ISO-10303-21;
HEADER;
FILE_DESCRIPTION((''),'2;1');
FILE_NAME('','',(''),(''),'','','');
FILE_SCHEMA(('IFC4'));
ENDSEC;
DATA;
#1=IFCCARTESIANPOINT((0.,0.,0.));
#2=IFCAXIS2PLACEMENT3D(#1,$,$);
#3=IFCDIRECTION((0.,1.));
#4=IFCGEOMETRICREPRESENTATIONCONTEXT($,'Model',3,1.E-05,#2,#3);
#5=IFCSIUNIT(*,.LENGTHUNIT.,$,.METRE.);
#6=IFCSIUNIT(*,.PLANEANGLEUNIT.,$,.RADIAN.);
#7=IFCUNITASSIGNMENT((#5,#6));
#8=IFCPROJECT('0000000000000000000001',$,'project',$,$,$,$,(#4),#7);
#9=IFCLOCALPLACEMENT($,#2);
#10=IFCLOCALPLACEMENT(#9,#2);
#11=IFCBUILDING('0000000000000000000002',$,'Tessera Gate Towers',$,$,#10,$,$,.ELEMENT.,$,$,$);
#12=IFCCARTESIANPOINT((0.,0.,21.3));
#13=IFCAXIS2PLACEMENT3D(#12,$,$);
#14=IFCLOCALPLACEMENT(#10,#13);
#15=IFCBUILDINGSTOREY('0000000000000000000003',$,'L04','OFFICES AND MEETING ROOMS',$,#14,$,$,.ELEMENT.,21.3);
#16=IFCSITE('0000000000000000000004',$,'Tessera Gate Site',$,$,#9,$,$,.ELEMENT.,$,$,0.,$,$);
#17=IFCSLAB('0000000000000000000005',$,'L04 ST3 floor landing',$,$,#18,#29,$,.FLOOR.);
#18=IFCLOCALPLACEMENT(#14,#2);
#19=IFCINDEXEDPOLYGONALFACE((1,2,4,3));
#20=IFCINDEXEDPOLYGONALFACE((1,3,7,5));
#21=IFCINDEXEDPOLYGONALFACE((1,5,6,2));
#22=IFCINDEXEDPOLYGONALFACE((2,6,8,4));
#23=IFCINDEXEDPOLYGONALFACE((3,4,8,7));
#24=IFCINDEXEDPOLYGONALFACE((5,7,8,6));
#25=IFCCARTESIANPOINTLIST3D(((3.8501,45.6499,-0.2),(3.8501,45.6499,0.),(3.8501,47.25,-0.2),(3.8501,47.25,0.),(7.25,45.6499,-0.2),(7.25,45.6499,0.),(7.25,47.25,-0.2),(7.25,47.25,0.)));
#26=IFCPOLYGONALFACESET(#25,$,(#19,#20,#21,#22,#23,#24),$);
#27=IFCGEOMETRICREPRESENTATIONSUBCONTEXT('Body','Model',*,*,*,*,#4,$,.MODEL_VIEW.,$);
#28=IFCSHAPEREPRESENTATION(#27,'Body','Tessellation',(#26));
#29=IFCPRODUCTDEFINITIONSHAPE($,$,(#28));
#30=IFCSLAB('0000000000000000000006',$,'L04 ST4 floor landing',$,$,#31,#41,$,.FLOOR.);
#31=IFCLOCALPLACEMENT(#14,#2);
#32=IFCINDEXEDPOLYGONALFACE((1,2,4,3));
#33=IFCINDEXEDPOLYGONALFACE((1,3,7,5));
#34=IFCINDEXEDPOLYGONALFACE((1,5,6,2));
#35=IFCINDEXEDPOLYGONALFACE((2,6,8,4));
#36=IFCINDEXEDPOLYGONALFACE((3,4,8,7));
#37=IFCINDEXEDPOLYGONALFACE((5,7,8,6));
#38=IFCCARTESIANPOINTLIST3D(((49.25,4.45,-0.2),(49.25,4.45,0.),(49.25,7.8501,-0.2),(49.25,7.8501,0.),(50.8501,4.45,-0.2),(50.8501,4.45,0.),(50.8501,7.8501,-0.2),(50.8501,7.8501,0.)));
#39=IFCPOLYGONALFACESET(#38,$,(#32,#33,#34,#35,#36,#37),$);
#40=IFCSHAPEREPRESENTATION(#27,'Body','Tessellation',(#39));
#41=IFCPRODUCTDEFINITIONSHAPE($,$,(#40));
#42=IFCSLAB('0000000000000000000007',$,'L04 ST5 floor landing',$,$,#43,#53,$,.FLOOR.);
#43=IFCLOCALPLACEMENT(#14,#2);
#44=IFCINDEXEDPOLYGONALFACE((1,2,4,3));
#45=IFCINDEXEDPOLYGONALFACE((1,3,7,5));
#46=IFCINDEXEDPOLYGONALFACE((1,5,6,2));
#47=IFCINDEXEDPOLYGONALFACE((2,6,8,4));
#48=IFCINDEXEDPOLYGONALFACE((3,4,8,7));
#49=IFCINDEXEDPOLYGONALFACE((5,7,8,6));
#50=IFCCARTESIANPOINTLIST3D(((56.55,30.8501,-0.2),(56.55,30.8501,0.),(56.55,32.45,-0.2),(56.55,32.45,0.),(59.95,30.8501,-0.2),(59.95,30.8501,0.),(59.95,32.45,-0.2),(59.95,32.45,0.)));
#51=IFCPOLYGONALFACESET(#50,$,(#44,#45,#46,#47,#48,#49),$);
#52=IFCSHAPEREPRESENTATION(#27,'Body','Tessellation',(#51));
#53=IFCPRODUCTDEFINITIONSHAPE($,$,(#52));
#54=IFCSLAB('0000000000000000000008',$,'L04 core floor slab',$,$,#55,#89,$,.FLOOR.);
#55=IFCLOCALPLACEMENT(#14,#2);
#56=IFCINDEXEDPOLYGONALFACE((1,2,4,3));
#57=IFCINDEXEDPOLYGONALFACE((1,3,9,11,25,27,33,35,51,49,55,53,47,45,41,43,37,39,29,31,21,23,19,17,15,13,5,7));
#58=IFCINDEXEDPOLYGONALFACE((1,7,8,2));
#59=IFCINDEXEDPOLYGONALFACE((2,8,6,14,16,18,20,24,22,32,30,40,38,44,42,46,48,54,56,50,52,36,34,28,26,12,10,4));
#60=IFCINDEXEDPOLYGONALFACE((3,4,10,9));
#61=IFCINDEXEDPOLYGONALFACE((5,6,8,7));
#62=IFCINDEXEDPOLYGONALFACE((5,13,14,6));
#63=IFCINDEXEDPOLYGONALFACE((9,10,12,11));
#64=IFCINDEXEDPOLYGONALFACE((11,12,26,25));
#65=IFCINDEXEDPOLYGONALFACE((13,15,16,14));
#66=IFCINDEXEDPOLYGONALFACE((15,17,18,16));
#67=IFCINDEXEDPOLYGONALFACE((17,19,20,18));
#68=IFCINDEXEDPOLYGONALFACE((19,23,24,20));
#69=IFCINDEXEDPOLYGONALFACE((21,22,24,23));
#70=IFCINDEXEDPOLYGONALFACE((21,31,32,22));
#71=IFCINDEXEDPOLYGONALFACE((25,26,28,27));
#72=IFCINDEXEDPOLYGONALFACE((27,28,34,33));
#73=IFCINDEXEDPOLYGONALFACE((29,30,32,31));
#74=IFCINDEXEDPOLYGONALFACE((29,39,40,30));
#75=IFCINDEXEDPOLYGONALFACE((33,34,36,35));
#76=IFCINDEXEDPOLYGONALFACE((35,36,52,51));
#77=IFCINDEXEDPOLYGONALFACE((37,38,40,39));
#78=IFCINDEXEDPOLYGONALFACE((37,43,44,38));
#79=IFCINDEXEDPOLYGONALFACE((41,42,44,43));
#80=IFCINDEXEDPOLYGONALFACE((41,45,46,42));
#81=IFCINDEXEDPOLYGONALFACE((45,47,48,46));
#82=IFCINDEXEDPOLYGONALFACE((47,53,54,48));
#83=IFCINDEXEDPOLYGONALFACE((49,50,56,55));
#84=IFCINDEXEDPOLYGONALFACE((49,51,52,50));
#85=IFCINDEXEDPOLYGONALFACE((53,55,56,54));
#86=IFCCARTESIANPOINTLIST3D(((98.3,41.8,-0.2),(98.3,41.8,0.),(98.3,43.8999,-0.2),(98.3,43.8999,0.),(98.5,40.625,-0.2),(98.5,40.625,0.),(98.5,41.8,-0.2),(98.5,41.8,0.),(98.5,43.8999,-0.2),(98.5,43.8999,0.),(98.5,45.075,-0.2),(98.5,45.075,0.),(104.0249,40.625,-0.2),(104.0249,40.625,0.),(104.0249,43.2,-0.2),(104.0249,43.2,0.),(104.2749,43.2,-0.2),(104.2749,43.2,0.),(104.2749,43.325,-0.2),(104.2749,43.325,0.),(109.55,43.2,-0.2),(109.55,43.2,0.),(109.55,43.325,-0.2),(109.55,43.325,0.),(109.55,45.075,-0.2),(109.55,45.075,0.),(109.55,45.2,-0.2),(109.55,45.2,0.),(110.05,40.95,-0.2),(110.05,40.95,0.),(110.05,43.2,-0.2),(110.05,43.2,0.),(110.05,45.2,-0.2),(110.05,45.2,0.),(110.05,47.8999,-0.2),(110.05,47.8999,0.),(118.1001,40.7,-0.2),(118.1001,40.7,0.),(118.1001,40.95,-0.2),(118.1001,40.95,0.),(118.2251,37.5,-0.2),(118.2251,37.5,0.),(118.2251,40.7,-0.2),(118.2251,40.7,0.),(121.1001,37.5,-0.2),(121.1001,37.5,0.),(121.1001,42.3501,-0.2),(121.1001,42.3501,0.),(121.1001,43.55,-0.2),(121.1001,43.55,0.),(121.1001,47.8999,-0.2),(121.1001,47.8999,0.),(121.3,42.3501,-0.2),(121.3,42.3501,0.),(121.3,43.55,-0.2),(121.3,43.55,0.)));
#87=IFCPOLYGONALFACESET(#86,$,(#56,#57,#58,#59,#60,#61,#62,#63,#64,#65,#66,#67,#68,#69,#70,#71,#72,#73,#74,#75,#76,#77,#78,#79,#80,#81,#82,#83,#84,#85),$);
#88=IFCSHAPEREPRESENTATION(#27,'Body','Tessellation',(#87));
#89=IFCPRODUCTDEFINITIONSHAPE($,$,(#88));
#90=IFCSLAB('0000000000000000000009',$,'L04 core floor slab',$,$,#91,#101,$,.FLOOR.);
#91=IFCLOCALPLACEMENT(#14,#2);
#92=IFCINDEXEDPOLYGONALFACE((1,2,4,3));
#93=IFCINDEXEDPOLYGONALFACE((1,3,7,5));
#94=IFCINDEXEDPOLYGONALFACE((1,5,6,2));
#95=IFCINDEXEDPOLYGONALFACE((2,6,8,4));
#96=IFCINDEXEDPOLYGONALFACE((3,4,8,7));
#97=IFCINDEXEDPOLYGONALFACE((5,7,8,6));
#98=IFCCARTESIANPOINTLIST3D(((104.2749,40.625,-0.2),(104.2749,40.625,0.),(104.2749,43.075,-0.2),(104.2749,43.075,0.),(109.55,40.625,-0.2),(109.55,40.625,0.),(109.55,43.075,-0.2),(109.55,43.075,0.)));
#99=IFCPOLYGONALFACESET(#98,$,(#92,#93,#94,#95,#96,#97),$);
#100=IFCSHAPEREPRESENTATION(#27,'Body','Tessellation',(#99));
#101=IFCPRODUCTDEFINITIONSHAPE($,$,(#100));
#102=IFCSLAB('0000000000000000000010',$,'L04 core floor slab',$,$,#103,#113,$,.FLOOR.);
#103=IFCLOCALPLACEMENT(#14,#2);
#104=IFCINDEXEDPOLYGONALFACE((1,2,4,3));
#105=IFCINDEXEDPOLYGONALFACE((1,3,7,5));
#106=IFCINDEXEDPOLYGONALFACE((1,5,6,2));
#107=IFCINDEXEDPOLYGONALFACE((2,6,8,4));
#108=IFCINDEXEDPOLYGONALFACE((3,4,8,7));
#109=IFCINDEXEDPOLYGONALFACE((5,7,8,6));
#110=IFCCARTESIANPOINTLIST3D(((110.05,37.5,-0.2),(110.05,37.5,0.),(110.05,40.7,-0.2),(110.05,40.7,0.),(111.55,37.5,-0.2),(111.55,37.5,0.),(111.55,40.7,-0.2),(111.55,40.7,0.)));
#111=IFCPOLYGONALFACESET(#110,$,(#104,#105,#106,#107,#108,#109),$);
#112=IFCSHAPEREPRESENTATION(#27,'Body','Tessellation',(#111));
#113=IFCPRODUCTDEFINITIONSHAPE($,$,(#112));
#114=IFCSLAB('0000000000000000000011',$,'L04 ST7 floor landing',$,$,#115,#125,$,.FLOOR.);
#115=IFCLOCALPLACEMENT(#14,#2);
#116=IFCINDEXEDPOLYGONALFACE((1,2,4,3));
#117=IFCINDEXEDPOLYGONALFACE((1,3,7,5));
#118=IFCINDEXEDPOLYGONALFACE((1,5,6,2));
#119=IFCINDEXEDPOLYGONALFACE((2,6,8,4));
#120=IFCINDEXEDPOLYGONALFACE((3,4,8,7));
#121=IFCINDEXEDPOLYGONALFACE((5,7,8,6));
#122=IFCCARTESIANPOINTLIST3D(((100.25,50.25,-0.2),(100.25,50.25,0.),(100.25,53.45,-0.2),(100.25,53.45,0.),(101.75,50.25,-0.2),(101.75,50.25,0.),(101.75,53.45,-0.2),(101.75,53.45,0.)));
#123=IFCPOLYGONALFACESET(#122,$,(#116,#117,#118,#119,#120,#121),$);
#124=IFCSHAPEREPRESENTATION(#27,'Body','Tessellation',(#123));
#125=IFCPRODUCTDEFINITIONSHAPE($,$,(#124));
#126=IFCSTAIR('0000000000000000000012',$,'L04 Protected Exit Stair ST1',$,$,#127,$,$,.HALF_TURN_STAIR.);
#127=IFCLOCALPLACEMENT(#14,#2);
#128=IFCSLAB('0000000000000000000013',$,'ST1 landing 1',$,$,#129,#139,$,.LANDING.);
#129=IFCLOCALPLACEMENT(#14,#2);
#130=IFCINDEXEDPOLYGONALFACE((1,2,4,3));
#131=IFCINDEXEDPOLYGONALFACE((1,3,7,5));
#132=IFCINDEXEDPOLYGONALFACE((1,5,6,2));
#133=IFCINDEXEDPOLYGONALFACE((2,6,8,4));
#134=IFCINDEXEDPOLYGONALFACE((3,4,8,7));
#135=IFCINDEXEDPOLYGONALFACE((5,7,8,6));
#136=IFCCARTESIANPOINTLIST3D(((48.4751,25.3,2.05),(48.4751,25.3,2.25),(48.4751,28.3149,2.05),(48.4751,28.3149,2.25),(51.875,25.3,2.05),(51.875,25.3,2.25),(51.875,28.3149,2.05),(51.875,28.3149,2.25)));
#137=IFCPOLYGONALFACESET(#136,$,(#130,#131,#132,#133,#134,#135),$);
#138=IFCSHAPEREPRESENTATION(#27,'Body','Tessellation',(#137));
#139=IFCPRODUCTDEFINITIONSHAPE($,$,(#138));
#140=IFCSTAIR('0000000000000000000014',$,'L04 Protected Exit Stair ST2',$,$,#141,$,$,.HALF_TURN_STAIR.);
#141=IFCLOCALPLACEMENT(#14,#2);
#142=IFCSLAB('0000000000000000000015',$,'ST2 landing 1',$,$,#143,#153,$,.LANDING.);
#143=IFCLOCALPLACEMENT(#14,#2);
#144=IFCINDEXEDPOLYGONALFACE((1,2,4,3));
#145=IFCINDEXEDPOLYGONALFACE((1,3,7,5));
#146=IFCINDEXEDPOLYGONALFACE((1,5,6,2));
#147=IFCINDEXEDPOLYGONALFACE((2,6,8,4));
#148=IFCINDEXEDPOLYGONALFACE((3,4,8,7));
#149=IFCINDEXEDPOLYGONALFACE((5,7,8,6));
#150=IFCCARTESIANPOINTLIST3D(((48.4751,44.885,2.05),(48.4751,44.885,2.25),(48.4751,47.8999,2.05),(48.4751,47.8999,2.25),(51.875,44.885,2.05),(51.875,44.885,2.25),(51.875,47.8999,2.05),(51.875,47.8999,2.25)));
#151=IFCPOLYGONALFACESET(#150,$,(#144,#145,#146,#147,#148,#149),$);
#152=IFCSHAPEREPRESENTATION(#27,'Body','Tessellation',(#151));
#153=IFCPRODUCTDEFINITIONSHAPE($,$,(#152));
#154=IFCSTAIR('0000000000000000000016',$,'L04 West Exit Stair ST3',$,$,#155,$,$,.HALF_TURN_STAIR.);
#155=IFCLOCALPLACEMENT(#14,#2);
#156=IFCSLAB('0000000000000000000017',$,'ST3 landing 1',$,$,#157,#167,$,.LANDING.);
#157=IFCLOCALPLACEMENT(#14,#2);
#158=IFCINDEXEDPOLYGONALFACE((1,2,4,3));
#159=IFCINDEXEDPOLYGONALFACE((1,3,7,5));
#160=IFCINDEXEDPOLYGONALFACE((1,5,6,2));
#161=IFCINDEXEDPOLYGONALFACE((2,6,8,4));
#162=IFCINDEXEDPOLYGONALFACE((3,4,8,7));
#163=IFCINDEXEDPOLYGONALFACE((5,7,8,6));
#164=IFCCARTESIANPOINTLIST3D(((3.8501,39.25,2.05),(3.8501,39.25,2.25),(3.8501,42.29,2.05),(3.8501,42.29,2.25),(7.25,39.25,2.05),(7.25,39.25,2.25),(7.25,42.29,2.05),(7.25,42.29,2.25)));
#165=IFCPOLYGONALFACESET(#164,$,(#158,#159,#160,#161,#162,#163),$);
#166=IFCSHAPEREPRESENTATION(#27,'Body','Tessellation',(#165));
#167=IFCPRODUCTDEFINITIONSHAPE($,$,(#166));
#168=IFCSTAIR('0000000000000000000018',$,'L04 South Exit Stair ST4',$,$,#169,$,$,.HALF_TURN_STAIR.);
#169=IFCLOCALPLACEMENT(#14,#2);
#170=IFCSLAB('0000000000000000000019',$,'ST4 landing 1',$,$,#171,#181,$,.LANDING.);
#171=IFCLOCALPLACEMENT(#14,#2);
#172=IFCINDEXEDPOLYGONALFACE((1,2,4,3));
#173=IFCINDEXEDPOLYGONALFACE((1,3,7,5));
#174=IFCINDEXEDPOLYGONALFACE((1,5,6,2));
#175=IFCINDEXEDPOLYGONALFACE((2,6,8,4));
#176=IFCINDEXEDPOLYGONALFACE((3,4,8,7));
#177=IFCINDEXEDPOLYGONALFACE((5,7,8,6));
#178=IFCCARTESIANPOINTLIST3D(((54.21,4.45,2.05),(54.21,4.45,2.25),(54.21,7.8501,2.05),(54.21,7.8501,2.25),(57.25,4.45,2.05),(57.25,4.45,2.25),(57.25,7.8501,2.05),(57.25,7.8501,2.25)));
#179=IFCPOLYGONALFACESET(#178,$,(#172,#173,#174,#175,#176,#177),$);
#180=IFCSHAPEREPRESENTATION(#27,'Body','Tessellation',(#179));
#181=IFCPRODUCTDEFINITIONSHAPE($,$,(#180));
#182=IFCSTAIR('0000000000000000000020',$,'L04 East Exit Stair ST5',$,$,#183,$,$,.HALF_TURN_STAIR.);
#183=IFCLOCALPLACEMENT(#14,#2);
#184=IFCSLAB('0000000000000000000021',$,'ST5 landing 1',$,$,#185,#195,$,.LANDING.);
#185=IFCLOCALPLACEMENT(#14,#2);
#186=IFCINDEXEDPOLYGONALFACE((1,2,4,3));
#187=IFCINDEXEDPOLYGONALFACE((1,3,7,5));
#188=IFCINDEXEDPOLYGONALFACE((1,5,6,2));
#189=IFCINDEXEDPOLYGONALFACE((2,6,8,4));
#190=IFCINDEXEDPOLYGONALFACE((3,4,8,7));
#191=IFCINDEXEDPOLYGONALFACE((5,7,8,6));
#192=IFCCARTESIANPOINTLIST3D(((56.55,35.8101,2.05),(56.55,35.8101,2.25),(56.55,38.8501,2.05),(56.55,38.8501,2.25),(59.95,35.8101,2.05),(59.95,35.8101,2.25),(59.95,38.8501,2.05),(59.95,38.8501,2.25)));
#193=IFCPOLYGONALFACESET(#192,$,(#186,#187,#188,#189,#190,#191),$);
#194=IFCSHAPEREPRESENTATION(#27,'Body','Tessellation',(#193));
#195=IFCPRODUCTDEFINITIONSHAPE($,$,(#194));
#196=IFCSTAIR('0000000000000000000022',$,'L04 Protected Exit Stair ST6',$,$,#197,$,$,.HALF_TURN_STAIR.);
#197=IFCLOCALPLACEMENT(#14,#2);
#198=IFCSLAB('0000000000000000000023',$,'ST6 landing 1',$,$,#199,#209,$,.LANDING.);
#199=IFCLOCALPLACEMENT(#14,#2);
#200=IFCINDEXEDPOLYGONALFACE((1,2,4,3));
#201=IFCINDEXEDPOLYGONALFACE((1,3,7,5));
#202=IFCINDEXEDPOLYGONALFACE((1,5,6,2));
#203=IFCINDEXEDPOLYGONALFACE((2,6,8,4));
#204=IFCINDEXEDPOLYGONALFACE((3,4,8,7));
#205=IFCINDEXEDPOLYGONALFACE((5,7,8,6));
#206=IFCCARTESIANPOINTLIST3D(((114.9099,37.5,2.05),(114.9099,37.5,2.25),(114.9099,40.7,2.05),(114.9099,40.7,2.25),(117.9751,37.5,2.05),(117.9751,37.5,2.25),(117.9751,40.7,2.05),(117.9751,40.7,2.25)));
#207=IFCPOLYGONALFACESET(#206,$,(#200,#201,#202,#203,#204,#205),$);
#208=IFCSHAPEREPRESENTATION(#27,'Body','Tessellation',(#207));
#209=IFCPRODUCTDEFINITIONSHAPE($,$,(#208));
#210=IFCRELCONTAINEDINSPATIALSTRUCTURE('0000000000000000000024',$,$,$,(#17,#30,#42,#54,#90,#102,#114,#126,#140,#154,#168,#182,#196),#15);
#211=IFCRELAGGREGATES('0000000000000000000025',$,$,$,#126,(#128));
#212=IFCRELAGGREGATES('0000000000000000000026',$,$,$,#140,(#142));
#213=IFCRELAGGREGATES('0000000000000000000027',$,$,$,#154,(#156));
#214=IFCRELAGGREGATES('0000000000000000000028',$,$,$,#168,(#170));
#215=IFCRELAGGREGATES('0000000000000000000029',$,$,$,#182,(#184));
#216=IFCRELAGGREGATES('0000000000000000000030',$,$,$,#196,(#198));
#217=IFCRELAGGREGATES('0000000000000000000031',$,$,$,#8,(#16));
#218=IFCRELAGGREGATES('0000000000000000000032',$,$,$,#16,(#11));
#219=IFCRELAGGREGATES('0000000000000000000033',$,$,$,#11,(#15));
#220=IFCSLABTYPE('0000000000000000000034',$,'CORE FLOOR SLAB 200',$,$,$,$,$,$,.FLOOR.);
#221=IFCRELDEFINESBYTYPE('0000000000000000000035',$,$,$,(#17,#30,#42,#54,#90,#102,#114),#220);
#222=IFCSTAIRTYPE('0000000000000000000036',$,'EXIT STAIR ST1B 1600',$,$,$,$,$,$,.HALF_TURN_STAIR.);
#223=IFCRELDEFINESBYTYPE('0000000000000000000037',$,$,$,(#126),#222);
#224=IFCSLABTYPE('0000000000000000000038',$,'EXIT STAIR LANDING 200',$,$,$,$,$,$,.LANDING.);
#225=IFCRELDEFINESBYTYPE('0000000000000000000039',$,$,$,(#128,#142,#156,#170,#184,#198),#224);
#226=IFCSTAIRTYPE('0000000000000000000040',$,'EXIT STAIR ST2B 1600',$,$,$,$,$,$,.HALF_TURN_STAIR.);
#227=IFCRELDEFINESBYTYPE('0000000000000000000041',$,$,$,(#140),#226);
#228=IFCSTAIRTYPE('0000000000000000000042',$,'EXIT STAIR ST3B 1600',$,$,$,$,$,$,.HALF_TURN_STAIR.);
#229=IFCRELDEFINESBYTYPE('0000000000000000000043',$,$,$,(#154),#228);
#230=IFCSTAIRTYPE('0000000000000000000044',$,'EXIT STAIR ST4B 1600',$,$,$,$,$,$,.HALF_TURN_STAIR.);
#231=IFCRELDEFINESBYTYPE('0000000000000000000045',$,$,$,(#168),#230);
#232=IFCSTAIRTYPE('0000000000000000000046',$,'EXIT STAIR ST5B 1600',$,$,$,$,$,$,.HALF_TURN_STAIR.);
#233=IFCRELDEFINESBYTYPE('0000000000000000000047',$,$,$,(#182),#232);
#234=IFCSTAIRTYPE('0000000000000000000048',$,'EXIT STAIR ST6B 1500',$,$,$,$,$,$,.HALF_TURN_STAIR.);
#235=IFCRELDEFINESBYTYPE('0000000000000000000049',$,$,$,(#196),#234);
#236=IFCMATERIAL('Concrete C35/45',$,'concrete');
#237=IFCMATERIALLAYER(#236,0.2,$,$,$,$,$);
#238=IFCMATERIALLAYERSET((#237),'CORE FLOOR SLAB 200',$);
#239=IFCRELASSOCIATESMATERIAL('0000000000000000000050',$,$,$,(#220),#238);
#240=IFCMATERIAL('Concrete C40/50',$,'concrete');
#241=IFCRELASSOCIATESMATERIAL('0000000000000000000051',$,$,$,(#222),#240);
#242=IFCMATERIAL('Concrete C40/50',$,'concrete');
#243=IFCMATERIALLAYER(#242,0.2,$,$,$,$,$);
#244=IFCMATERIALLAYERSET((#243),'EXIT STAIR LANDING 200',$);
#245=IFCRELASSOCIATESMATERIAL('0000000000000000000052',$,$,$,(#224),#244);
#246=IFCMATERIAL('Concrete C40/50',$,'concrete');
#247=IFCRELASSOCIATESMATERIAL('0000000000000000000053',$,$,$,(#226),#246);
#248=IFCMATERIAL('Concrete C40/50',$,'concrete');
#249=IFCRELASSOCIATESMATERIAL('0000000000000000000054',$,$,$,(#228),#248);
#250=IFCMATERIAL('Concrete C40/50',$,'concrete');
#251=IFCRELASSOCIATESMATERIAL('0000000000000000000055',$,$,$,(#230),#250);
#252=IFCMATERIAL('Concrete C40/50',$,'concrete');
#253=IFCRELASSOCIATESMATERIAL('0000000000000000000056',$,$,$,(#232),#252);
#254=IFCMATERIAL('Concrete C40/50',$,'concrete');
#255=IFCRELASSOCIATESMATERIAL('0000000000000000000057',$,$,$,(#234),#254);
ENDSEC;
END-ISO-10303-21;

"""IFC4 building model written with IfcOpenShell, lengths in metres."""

from ifc_helpers import new_model, si_unit, direction, frame, origin, place, context, subcontext, project, spatial, polyline, outline, extrude, material, layer, layer_set, type_object, element, aggregate, save


model = new_model("IFC4")

# Units and contexts
model_context = context("Model", 3, precision=1e-05, world=origin(), true_north=direction((0.0, 1.0)))
body_context = subcontext(model_context, "Body", "Model", "MODEL_VIEW")
ifc_project = project(units=[si_unit("LENGTHUNIT", "METRE"), si_unit("PLANEANGLEUNIT", "RADIAN")], contexts=[model_context])

# Site, building, storey
site_placement = place(None, origin())
site = spatial("IfcSite", under=ifc_project, at=site_placement, Name="Tessera Gate Site", CompositionType="ELEMENT", RefElevation=0.0)
building_placement = place(site_placement, origin())
building = spatial("IfcBuilding", under=site, at=building_placement, Name="Tessera Gate Towers", CompositionType="ELEMENT")
storey_placement = place(building_placement, frame((0.0, 0.0, 21.3)))
storey = spatial("IfcBuildingStorey", under=building, at=storey_placement, Name="L04", Description="OFFICES AND MEETING ROOMS", CompositionType="ELEMENT", Elevation=21.3)

# Slabs
ifc_material_1 = material(Name="Concrete C35/45", Category="concrete")
ifc_layer_1 = layer(ifc_material_1, 0.2)
ifc_layer_set_1 = layer_set([ifc_layer_1], Name="CORE FLOOR SLAB 200")
slab_type_1 = type_object("IfcSlabType", Name="CORE FLOOR SLAB 200", PredefinedType="FLOOR", material=ifc_layer_set_1)
slab_1_placement = place(storey_placement, frame((0.0, 0.0, -0.2)))
element("IfcSlab", 1, at=slab_1_placement, inside=storey, type_object=slab_type_1, Name="L04 ST3 floor landing", PredefinedType="FLOOR", context=body_context, shape_type="SweptSolid", body=[
    extrude(outline(polyline([(3.8501, 47.25), (3.8501, 45.6499), (7.25, 45.6499), (7.25, 47.25), (3.8501, 47.25)])), origin(), (0.0, 0.0, 1.0), 0.2),
])
slab_2_placement = place(storey_placement, frame((0.0, 0.0, -0.2)))
element("IfcSlab", 2, at=slab_2_placement, inside=storey, type_object=slab_type_1, Name="L04 ST4 floor landing", PredefinedType="FLOOR", context=body_context, shape_type="SweptSolid", body=[
    extrude(outline(polyline([(49.25, 4.45), (50.8501, 4.45), (50.8501, 7.8501), (49.25, 7.8501), (49.25, 4.45)])), origin(), (0.0, 0.0, 1.0), 0.2),
])
slab_3_placement = place(storey_placement, frame((0.0, 0.0, -0.2)))
element("IfcSlab", 3, at=slab_3_placement, inside=storey, type_object=slab_type_1, Name="L04 ST5 floor landing", PredefinedType="FLOOR", context=body_context, shape_type="SweptSolid", body=[
    extrude(outline(polyline([(59.95, 30.8501), (59.95, 32.45), (56.55, 32.45), (56.55, 30.8501), (59.95, 30.8501)])), origin(), (0.0, 0.0, 1.0), 0.2),
])
slab_4_placement = place(storey_placement, frame((0.0, 0.0, -0.2)))
element("IfcSlab", 4, at=slab_4_placement, inside=storey, type_object=slab_type_1, Name="L04 core floor slab", PredefinedType="FLOOR", context=body_context, shape_type="SweptSolid", body=[
    extrude(outline(polyline([(109.55, 45.2), (109.55, 45.075), (98.5, 45.075), (98.5, 43.8999), (98.3, 43.8999), (98.3, 41.8), (98.5, 41.8), (98.5, 40.625), (104.0249, 40.625), (104.0249, 43.2), (104.2749, 43.2), (104.2749, 43.325), (109.55, 43.325), (109.55, 43.2), (110.05, 43.2), (110.05, 40.95), (118.1001, 40.95), (118.1001, 40.7), (118.2251, 40.7), (118.2251, 37.5), (121.1001, 37.5), (121.1001, 42.3501), (121.3, 42.3501), (121.3, 43.55), (121.1001, 43.55), (121.1001, 47.8999), (110.05, 47.8999), (110.05, 45.2), (109.55, 45.2)])), origin(), (0.0, 0.0, 1.0), 0.2),
])
slab_5_placement = place(storey_placement, frame((0.0, 0.0, -0.2)))
element("IfcSlab", 5, at=slab_5_placement, inside=storey, type_object=slab_type_1, Name="L04 core floor slab", PredefinedType="FLOOR", context=body_context, shape_type="SweptSolid", body=[
    extrude(outline(polyline([(109.55, 43.075), (104.2749, 43.075), (104.2749, 40.625), (109.55, 40.625), (109.55, 43.075)])), origin(), (0.0, 0.0, 1.0), 0.2),
])
slab_6_placement = place(storey_placement, frame((0.0, 0.0, -0.2)))
element("IfcSlab", 6, at=slab_6_placement, inside=storey, type_object=slab_type_1, Name="L04 core floor slab", PredefinedType="FLOOR", context=body_context, shape_type="SweptSolid", body=[
    extrude(outline(polyline([(111.55, 37.5), (111.55, 40.7), (110.05, 40.7), (110.05, 37.5), (111.55, 37.5)])), origin(), (0.0, 0.0, 1.0), 0.2),
])
slab_7_placement = place(storey_placement, frame((0.0, 0.0, -0.2)))
element("IfcSlab", 7, at=slab_7_placement, inside=storey, type_object=slab_type_1, Name="L04 ST7 floor landing", PredefinedType="FLOOR", context=body_context, shape_type="SweptSolid", body=[
    extrude(outline(polyline([(100.25, 50.25), (101.75, 50.25), (101.75, 53.45), (100.25, 53.45), (100.25, 50.25)])), origin(), (0.0, 0.0, 1.0), 0.2),
])

# Stairs, slabs
ifc_material_2 = material(Name="Concrete C40/50", Category="concrete")
stair_type_1 = type_object("IfcStairType", Name="EXIT STAIR ST1B 1600", PredefinedType="HALF_TURN_STAIR", material=ifc_material_2)
stair_1_placement = place(storey_placement, origin())
stair_1 = element("IfcStair", 8, at=stair_1_placement, inside=storey, type_object=stair_type_1, Name="L04 Protected Exit Stair ST1", PredefinedType="HALF_TURN_STAIR")
ifc_material_3 = material(Name="Concrete C40/50", Category="concrete")
ifc_layer_2 = layer(ifc_material_3, 0.2)
ifc_layer_set_2 = layer_set([ifc_layer_2], Name="EXIT STAIR LANDING 200")
slab_type_2 = type_object("IfcSlabType", Name="EXIT STAIR LANDING 200", PredefinedType="LANDING", material=ifc_layer_set_2)
slab_8_placement = place(storey_placement, frame((0.0, 0.0, 2.05)))
slab_8 = element("IfcSlab", 9, at=slab_8_placement, type_object=slab_type_2, Name="ST1 landing 1", PredefinedType="LANDING", context=body_context, shape_type="SweptSolid", body=[
    extrude(outline(polyline([(48.4751, 28.3149), (48.4751, 25.3), (51.875, 25.3), (51.875, 28.3149), (48.4751, 28.3149)])), origin(), (0.0, 0.0, 1.0), 0.2),
])
aggregate(stair_1, [slab_8])
ifc_material_4 = material(Name="Concrete C40/50", Category="concrete")
stair_type_2 = type_object("IfcStairType", Name="EXIT STAIR ST2B 1600", PredefinedType="HALF_TURN_STAIR", material=ifc_material_4)
stair_2_placement = place(storey_placement, origin())
stair_2 = element("IfcStair", 10, at=stair_2_placement, inside=storey, type_object=stair_type_2, Name="L04 Protected Exit Stair ST2", PredefinedType="HALF_TURN_STAIR")
slab_9_placement = place(storey_placement, frame((0.0, 0.0, 2.05)))
slab_9 = element("IfcSlab", 11, at=slab_9_placement, type_object=slab_type_2, Name="ST2 landing 1", PredefinedType="LANDING", context=body_context, shape_type="SweptSolid", body=[
    extrude(outline(polyline([(51.875, 44.885), (51.875, 47.8999), (48.4751, 47.8999), (48.4751, 44.885), (51.875, 44.885)])), origin(), (0.0, 0.0, 1.0), 0.2),
])
aggregate(stair_2, [slab_9])
ifc_material_5 = material(Name="Concrete C40/50", Category="concrete")
stair_type_3 = type_object("IfcStairType", Name="EXIT STAIR ST3B 1600", PredefinedType="HALF_TURN_STAIR", material=ifc_material_5)
stair_3_placement = place(storey_placement, origin())
stair_3 = element("IfcStair", 12, at=stair_3_placement, inside=storey, type_object=stair_type_3, Name="L04 West Exit Stair ST3", PredefinedType="HALF_TURN_STAIR")
slab_10_placement = place(storey_placement, frame((0.0, 0.0, 2.05)))
slab_10 = element("IfcSlab", 13, at=slab_10_placement, type_object=slab_type_2, Name="ST3 landing 1", PredefinedType="LANDING", context=body_context, shape_type="SweptSolid", body=[
    extrude(outline(polyline([(3.8501, 42.29), (3.8501, 39.25), (7.25, 39.25), (7.25, 42.29), (3.8501, 42.29)])), origin(), (0.0, 0.0, 1.0), 0.2),
])
aggregate(stair_3, [slab_10])
ifc_material_6 = material(Name="Concrete C40/50", Category="concrete")
stair_type_4 = type_object("IfcStairType", Name="EXIT STAIR ST4B 1600", PredefinedType="HALF_TURN_STAIR", material=ifc_material_6)
stair_4_placement = place(storey_placement, origin())
stair_4 = element("IfcStair", 14, at=stair_4_placement, inside=storey, type_object=stair_type_4, Name="L04 South Exit Stair ST4", PredefinedType="HALF_TURN_STAIR")
slab_11_placement = place(storey_placement, frame((0.0, 0.0, 2.05)))
slab_11 = element("IfcSlab", 15, at=slab_11_placement, type_object=slab_type_2, Name="ST4 landing 1", PredefinedType="LANDING", context=body_context, shape_type="SweptSolid", body=[
    extrude(outline(polyline([(54.21, 4.45), (57.25, 4.45), (57.25, 7.8501), (54.21, 7.8501), (54.21, 4.45)])), origin(), (0.0, 0.0, 1.0), 0.2),
])
aggregate(stair_4, [slab_11])
ifc_material_7 = material(Name="Concrete C40/50", Category="concrete")
stair_type_5 = type_object("IfcStairType", Name="EXIT STAIR ST5B 1600", PredefinedType="HALF_TURN_STAIR", material=ifc_material_7)
stair_5_placement = place(storey_placement, origin())
stair_5 = element("IfcStair", 16, at=stair_5_placement, inside=storey, type_object=stair_type_5, Name="L04 East Exit Stair ST5", PredefinedType="HALF_TURN_STAIR")
slab_12_placement = place(storey_placement, frame((0.0, 0.0, 2.05)))
slab_12 = element("IfcSlab", 17, at=slab_12_placement, type_object=slab_type_2, Name="ST5 landing 1", PredefinedType="LANDING", context=body_context, shape_type="SweptSolid", body=[
    extrude(outline(polyline([(59.95, 35.8101), (59.95, 38.8501), (56.55, 38.8501), (56.55, 35.8101), (59.95, 35.8101)])), origin(), (0.0, 0.0, 1.0), 0.2),
])
aggregate(stair_5, [slab_12])
ifc_material_8 = material(Name="Concrete C40/50", Category="concrete")
stair_type_6 = type_object("IfcStairType", Name="EXIT STAIR ST6B 1500", PredefinedType="HALF_TURN_STAIR", material=ifc_material_8)
stair_6_placement = place(storey_placement, origin())
stair_6 = element("IfcStair", 18, at=stair_6_placement, inside=storey, type_object=stair_type_6, Name="L04 Protected Exit Stair ST6", PredefinedType="HALF_TURN_STAIR")
slab_13_placement = place(storey_placement, frame((0.0, 0.0, 2.05)))
slab_13 = element("IfcSlab", 19, at=slab_13_placement, type_object=slab_type_2, Name="ST6 landing 1", PredefinedType="LANDING", context=body_context, shape_type="SweptSolid", body=[
    extrude(outline(polyline([(114.9099, 37.5), (117.9751, 37.5), (117.9751, 40.7), (114.9099, 40.7), (114.9099, 37.5)])), origin(), (0.0, 0.0, 1.0), 0.2),
])
aggregate(stair_6, [slab_13])

save(model, "model.ifc")
